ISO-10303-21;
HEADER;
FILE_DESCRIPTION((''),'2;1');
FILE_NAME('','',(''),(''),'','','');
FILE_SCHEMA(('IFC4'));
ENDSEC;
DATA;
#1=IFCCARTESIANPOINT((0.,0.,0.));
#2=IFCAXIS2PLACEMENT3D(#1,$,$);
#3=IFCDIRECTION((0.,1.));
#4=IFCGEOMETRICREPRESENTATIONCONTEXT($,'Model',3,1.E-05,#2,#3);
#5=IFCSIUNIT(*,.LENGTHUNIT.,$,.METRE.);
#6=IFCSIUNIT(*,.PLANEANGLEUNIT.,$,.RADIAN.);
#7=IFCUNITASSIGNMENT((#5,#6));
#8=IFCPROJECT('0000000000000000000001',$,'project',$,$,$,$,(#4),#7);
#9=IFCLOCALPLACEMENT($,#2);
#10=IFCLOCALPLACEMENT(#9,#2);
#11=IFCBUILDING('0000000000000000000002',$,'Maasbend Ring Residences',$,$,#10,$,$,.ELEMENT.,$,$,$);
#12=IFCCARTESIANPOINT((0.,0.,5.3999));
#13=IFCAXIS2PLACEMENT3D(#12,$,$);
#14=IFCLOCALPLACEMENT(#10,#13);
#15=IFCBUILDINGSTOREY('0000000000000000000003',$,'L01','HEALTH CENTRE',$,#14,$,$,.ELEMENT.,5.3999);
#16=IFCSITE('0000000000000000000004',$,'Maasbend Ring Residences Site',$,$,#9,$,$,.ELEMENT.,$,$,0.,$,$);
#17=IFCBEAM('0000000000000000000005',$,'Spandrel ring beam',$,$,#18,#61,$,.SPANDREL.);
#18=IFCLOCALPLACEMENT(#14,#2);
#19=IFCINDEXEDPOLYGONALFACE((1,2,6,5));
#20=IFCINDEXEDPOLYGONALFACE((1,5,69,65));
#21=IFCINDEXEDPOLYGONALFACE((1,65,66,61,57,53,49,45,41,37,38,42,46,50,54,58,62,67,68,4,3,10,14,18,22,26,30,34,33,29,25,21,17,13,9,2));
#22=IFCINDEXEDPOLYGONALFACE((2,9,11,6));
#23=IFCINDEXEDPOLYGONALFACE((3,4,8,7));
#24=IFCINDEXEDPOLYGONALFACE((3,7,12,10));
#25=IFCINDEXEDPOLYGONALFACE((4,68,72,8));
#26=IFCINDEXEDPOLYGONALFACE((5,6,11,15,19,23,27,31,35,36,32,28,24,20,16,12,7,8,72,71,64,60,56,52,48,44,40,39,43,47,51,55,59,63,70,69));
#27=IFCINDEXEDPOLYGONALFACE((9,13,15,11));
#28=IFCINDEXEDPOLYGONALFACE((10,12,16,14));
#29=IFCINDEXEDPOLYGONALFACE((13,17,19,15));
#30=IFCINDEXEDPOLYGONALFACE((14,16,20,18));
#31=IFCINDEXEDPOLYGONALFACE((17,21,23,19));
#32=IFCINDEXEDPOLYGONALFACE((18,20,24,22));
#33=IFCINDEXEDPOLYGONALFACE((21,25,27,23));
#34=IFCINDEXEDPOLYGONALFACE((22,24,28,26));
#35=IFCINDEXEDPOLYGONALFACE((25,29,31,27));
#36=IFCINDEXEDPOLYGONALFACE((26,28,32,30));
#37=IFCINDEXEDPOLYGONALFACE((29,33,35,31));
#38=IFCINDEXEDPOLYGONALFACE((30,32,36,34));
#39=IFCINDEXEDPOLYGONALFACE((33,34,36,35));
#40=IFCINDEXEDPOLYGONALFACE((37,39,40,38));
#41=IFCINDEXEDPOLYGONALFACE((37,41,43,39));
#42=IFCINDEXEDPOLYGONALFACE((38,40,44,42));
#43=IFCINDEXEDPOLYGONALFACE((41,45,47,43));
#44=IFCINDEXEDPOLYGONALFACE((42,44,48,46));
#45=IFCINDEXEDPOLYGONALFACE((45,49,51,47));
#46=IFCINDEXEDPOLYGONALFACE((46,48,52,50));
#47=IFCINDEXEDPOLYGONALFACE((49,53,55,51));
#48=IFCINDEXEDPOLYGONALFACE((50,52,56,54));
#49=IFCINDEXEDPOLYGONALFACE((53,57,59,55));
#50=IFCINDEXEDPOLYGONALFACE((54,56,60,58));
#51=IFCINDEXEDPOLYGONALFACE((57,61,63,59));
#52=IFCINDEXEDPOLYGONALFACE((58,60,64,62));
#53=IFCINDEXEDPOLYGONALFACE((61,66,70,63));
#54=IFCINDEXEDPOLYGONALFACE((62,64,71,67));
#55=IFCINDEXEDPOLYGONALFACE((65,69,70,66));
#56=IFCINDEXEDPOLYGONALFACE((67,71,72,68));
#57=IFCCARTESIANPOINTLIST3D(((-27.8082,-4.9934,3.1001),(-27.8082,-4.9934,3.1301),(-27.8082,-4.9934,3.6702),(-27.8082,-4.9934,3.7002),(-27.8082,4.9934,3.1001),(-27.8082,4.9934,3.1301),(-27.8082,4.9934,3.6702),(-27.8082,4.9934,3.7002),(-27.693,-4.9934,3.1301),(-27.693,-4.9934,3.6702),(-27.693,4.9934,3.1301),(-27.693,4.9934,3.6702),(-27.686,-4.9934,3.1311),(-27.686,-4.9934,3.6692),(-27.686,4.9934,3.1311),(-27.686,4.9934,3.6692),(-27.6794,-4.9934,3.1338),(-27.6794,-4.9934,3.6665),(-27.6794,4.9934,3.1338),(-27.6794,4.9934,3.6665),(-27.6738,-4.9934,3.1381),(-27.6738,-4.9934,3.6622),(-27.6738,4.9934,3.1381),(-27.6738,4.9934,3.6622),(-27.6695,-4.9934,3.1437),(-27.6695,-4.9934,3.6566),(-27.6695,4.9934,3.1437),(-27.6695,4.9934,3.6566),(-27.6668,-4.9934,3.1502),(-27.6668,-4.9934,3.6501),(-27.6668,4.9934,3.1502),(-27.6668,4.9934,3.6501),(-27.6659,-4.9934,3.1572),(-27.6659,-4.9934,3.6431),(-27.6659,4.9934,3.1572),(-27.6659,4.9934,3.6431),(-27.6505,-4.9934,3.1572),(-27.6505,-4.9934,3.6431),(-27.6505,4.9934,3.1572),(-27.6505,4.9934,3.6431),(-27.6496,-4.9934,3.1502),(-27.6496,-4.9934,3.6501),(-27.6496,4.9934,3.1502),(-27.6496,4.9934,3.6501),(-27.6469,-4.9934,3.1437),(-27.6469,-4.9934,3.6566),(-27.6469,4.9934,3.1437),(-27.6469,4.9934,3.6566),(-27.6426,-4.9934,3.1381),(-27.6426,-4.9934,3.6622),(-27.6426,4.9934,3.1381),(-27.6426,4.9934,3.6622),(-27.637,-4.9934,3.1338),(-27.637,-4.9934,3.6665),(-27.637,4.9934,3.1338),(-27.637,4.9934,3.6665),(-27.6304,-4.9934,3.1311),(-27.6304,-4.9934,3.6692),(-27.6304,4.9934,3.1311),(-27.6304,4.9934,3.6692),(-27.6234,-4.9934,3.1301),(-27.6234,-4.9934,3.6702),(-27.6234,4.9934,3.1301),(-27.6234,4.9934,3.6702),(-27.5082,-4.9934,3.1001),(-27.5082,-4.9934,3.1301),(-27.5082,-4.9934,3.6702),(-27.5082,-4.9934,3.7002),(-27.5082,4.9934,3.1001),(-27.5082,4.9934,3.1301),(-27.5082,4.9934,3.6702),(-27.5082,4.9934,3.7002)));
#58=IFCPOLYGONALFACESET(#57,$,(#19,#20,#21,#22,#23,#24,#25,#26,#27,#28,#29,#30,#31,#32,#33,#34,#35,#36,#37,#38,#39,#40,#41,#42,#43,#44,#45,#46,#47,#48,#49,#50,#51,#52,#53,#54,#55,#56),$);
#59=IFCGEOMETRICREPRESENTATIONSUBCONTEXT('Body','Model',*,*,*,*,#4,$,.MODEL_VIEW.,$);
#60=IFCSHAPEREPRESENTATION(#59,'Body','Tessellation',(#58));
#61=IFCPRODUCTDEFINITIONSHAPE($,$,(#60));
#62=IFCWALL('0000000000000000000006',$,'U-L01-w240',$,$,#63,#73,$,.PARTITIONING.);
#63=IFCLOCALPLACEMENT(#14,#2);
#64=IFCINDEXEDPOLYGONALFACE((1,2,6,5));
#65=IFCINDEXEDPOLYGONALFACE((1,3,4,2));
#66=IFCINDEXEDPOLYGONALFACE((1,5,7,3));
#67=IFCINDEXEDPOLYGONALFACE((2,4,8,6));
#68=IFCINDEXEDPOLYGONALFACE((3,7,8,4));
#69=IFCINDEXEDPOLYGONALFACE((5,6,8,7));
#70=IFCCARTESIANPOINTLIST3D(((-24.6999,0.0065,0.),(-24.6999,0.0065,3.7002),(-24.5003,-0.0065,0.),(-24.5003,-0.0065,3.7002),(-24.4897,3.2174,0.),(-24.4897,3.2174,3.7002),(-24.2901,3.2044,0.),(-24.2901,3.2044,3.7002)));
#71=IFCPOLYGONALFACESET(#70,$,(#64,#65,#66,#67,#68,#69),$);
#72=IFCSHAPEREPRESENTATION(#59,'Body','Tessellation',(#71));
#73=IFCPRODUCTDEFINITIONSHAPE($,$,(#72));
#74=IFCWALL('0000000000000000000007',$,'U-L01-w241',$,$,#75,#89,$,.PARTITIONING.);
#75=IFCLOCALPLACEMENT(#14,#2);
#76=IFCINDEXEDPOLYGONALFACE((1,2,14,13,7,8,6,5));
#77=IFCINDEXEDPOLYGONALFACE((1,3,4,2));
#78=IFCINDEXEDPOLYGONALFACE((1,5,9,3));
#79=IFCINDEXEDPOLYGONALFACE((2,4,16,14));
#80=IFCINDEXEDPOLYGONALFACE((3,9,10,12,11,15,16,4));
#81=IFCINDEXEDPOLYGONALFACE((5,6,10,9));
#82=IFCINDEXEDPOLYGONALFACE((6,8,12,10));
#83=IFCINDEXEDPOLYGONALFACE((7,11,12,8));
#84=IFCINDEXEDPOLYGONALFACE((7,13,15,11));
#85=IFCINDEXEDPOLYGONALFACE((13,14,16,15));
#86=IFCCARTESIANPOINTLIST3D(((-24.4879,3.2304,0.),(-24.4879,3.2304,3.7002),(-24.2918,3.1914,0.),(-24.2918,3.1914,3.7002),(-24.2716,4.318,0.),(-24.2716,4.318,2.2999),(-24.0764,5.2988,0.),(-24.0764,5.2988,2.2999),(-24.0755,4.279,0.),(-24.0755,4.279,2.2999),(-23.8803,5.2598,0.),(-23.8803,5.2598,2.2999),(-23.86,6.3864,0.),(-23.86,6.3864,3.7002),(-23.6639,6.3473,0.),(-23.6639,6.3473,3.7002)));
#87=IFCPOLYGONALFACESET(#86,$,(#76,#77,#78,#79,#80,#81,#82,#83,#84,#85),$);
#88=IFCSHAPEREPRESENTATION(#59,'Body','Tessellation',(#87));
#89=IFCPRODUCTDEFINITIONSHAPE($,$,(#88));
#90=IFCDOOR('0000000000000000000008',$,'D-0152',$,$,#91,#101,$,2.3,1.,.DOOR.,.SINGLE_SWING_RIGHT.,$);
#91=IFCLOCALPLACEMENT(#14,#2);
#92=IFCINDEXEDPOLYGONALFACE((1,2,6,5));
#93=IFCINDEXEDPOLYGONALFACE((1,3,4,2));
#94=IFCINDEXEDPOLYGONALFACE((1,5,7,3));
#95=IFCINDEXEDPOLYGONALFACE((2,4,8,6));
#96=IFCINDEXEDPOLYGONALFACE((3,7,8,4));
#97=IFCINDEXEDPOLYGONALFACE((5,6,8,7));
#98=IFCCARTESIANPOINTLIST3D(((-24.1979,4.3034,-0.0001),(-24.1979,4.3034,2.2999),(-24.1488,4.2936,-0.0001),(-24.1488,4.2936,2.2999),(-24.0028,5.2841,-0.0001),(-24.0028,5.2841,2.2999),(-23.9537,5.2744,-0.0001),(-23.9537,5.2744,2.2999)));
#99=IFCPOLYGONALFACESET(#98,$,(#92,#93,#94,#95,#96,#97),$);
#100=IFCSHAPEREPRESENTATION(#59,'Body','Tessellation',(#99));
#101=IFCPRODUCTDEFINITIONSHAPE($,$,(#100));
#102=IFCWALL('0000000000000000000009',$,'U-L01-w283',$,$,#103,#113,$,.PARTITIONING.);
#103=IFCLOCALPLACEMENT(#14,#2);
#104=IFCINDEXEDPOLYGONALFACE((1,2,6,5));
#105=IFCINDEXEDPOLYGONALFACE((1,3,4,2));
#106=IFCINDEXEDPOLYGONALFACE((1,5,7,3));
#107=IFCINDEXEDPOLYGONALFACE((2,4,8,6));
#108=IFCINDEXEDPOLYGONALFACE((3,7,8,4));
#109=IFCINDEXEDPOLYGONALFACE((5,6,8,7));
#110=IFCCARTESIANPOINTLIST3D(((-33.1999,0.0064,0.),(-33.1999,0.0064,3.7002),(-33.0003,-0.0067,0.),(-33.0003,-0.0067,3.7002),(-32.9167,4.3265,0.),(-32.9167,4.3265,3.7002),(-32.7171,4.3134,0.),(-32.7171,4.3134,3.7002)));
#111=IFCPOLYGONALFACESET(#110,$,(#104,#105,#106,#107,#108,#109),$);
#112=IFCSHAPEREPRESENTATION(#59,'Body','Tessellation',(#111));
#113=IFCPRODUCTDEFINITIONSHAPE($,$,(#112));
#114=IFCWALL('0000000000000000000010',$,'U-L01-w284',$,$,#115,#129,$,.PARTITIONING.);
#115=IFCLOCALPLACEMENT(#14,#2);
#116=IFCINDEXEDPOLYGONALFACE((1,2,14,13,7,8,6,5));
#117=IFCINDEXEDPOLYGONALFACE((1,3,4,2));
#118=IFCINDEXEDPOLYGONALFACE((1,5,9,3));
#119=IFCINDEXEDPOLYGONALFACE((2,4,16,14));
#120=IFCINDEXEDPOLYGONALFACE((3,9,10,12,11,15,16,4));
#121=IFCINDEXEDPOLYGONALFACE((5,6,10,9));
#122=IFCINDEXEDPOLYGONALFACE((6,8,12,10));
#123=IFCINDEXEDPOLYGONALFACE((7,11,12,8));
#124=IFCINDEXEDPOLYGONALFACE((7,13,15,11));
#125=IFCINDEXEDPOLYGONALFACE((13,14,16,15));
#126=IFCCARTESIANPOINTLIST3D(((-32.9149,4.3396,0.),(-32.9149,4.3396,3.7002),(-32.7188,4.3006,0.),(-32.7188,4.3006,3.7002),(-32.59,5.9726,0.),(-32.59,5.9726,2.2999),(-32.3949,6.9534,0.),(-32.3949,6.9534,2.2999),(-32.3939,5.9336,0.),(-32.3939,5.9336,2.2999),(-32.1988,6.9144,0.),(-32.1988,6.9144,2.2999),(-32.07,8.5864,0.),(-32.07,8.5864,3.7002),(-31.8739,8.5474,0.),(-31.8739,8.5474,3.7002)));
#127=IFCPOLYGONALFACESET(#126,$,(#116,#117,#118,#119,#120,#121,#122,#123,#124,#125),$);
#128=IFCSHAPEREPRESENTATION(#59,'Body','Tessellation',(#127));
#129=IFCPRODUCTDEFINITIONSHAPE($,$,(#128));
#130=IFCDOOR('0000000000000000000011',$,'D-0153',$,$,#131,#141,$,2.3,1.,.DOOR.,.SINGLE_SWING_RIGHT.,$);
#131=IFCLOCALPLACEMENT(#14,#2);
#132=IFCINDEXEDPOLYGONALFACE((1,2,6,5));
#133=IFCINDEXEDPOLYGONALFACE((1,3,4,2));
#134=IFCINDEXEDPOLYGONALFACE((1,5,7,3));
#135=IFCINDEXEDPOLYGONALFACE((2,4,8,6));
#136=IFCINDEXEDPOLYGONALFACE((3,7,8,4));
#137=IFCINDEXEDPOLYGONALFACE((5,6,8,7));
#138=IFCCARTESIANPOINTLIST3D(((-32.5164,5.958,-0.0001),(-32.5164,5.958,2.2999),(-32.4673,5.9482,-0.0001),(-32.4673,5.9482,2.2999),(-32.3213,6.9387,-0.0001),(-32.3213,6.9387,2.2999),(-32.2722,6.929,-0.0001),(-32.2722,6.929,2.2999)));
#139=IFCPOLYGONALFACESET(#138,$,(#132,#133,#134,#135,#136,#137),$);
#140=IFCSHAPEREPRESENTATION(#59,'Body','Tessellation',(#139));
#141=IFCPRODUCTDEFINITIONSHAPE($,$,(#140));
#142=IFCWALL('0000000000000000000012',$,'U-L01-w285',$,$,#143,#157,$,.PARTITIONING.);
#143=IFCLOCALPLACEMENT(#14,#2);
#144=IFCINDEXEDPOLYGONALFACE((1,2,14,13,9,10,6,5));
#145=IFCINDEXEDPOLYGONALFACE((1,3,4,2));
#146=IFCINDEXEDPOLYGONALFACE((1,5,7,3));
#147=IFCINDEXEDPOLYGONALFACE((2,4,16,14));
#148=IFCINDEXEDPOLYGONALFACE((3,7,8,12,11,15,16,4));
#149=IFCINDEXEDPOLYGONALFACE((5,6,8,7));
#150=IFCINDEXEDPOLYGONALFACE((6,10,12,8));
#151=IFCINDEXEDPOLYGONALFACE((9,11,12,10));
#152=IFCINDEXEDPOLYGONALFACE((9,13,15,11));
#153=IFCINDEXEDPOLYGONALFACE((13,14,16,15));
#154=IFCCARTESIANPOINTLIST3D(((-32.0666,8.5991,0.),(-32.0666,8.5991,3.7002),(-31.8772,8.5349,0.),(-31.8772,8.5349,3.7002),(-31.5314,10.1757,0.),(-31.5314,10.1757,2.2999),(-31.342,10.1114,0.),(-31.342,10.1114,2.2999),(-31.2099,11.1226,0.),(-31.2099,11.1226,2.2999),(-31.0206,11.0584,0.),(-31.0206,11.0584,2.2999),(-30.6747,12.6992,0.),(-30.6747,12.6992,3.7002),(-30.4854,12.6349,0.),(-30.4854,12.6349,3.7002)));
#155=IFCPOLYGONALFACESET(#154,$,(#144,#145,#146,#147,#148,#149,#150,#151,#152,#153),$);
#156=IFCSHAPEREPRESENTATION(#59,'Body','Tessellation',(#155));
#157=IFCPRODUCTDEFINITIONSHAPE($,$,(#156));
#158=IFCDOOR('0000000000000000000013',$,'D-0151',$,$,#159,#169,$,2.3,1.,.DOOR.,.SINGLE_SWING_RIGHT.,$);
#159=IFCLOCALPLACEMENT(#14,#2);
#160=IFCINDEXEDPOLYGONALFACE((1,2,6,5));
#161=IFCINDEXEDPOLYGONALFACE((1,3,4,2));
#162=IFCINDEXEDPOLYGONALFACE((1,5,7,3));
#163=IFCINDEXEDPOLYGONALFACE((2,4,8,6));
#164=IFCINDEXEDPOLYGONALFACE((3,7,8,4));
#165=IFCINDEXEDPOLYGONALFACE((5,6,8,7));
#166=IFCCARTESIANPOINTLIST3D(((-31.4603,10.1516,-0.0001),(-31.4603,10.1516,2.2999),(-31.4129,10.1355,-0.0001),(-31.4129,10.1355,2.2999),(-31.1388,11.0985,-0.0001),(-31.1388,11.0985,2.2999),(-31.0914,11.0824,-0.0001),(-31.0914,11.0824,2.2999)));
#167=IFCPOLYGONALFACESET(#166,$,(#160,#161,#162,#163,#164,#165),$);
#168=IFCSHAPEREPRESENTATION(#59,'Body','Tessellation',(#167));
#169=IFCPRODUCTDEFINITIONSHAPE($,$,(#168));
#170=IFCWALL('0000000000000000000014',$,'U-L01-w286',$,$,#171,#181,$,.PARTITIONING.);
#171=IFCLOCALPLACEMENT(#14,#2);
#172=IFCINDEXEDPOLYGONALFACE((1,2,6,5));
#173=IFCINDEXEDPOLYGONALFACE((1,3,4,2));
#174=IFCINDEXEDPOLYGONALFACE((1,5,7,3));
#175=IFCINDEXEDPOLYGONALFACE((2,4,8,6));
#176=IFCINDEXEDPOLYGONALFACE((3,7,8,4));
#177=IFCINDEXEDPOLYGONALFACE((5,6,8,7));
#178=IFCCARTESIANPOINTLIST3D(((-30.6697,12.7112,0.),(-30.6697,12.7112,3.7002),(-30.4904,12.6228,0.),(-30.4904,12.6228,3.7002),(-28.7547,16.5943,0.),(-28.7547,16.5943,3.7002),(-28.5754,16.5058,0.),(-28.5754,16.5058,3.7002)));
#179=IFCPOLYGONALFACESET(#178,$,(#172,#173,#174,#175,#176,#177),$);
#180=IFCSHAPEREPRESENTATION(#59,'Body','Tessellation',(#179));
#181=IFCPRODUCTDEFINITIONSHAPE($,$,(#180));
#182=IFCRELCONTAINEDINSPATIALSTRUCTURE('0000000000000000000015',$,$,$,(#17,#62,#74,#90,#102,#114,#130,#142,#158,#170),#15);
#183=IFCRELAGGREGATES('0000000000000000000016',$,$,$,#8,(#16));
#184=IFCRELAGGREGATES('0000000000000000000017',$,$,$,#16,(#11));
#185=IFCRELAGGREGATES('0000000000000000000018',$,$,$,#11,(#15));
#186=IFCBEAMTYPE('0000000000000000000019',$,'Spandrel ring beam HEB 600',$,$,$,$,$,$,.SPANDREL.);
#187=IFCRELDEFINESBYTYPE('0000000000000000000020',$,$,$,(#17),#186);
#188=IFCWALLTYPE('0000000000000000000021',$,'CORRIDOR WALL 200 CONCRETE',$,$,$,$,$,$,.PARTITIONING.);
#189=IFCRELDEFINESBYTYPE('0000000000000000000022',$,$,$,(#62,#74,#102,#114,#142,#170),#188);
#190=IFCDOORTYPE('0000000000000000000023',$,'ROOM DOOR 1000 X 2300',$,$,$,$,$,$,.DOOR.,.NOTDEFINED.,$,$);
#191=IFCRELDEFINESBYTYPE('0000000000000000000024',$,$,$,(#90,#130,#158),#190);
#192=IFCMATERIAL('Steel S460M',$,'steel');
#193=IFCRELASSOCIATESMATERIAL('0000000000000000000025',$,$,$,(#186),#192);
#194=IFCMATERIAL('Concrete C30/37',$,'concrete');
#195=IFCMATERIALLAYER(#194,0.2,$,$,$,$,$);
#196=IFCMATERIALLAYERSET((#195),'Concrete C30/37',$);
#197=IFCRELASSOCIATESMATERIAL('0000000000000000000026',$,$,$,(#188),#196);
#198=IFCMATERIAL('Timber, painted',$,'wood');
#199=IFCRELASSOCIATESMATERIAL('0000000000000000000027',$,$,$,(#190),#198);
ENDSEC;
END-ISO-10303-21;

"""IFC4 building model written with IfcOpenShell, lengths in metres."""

from ifc_helpers import new_model, si_unit, direction, frame, frame_2d, origin, origin_2d, place, context, subcontext, project, spatial, rectangle, i_section, extrude, material, layer, layer_set, material_profile, profile_set, type_object, element, fill, save


model = new_model("IFC4")

# Units and contexts
model_context = context("Model", 3, precision=1e-05, world=origin(), true_north=direction((0.0, 1.0)))
body_context = subcontext(model_context, "Body", "Model", "MODEL_VIEW")
ifc_project = project(units=[si_unit("LENGTHUNIT", "METRE"), si_unit("PLANEANGLEUNIT", "RADIAN")], contexts=[model_context])

# Site, building, storey
site_placement = place(None, origin())
site = spatial("IfcSite", under=ifc_project, at=site_placement, Name="Maasbend Ring Residences Site", CompositionType="ELEMENT", RefElevation=0.0)
building_placement = place(site_placement, origin())
building = spatial("IfcBuilding", under=site, at=building_placement, Name="Maasbend Ring Residences", CompositionType="ELEMENT")
storey_placement = place(building_placement, frame((0.0, 0.0, 5.3999)))
storey = spatial("IfcBuildingStorey", under=building, at=storey_placement, Name="L01", Description="HEALTH CENTRE", CompositionType="ELEMENT", Elevation=5.3999)

# Beam
ifc_material_1 = material(Name="Steel S460M", Category="steel")
ifc_material_profile_1 = material_profile(ifc_material_1, i_section(OverallWidth=0.3, OverallDepth=0.6001, WebThickness=0.0154, FlangeThickness=0.03, FilletRadius=0.0271, at=origin_2d()), Name="HEB 600")
ifc_profile_set_1 = profile_set([ifc_material_profile_1], Name="Steel S460M")
beam_type_1 = type_object("IfcBeamType", Name="Spandrel ring beam HEB 600", PredefinedType="SPANDREL", material=ifc_profile_set_1)
beam_1_placement = place(storey_placement, frame((-27.6582, 4.9934, 3.4001), z_axis=(0.0, -1.0, 0.0), x_axis=(1.0, 0.0, 0.0)))
element("IfcBeam", 1, at=beam_1_placement, inside=storey, type_object=beam_type_1, Name="Spandrel ring beam", PredefinedType="SPANDREL", context=body_context, shape_type="SweptSolid", body=[
    extrude(i_section(OverallWidth=0.3, OverallDepth=0.6001, WebThickness=0.0154, FlangeThickness=0.03, FilletRadius=0.0271, at=origin_2d()), origin(), (0.0, 0.0, 1.0), 9.9868),
])

# Wall
ifc_material_2 = material(Name="Concrete C30/37", Category="concrete")
ifc_layer_1 = layer(ifc_material_2, 0.2)
ifc_layer_set_1 = layer_set([ifc_layer_1], Name="Concrete C30/37")
wall_type_1 = type_object("IfcWallType", Name="CORRIDOR WALL 200 CONCRETE", PredefinedType="PARTITIONING", material=ifc_layer_set_1)
wall_1_placement = place(storey_placement, frame((-24.6001, 0.0, 0.0), z_axis=(0.0, 0.0, 1.0), x_axis=(0.065325, 0.997864, 0.0)))
element("IfcWall", 2, at=wall_1_placement, inside=storey, type_object=wall_type_1, Name="U-L01-w240", PredefinedType="PARTITIONING", context=body_context, shape_type="SweptSolid", body=[
    extrude(rectangle(XDim=3.2178, YDim=0.2, at=frame_2d((1.6089, 0.0))), origin(), (0.0, 0.0, 1.0), 3.7002),
])

# Wall, opening, door
wall_2_placement = place(storey_placement, frame((-24.3899, 3.2109, 0.0), z_axis=(0.0, 0.0, 1.0), x_axis=(0.195138, 0.980776, 0.0)))
wall_2 = element("IfcWall", 3, at=wall_2_placement, inside=storey, type_object=wall_type_1, Name="U-L01-w241", PredefinedType="PARTITIONING", context=body_context, shape_type="SweptSolid", body=[
    extrude(rectangle(XDim=3.2178, YDim=0.2, at=frame_2d((1.6089, 0.0))), origin(), (0.0, 0.0, 1.0), 3.7002),
])
opening_1_placement = place(wall_2_placement, frame((1.1089, 0.0, 0.0)))
opening_1 = element("IfcOpeningElement", 4, at=opening_1_placement, cuts=wall_2, PredefinedType="OPENING", context=body_context, shape_type="SweptSolid", body=[
    extrude(rectangle(XDim=1.0, YDim=2.3, at=frame_2d((0.5, 1.1499))), frame((0.0, 0.1099, 0.0), z_axis=(0.0, -1.0, 0.0), x_axis=(1.0, 0.0, 0.0)), (0.0, 0.0, 1.0), 0.22),
])
ifc_material_3 = material(Name="Timber, painted", Category="wood")
door_type = type_object("IfcDoorType", Name="ROOM DOOR 1000 X 2300", OperationType="NOTDEFINED", PredefinedType="DOOR", material=ifc_material_3)
door_1_placement = place(opening_1_placement, origin())
door_1 = element("IfcDoor", 5, at=door_1_placement, inside=storey, type_object=door_type, Name="D-0152", OperationType="SINGLE_SWING_RIGHT", OverallHeight=2.3, OverallWidth=1.0, PredefinedType="DOOR", context=body_context, shape_type="SweptSolid", body=[
    extrude(rectangle(XDim=1.0, YDim=2.3, at=frame_2d((0.5, 1.1499))), frame((0.0, 0.0249, 0.0), z_axis=(0.0, -1.0, 0.0), x_axis=(1.0, 0.0, 0.0)), (0.0, 0.0, 1.0), 0.05),
])
fill(opening_1, door_1)

# Wall
wall_3_placement = place(storey_placement, frame((-33.1001, 0.0, 0.0), z_axis=(0.0, 0.0, 1.0), x_axis=(0.065415, 0.997858, 0.0)))
element("IfcWall", 6, at=wall_3_placement, inside=storey, type_object=wall_type_1, Name="U-L01-w283", PredefinedType="PARTITIONING", context=body_context, shape_type="SweptSolid", body=[
    extrude(rectangle(XDim=4.3293, YDim=0.2, at=frame_2d((2.1646, 0.0))), origin(), (0.0, 0.0, 1.0), 3.7002),
])

# Walls, openings, doors
wall_4_placement = place(storey_placement, frame((-32.8169, 4.3201, 0.0), z_axis=(0.0, 0.0, 1.0), x_axis=(0.19514, 0.980775, 0.0)))
wall_4 = element("IfcWall", 7, at=wall_4_placement, inside=storey, type_object=wall_type_1, Name="U-L01-w284", PredefinedType="PARTITIONING", context=body_context, shape_type="SweptSolid", body=[
    extrude(rectangle(XDim=4.3301, YDim=0.2, at=frame_2d((2.165, 0.0))), origin(), (0.0, 0.0, 1.0), 3.7002),
])
opening_2_placement = place(wall_4_placement, frame((1.665, 0.0, 0.0)))
opening_2 = element("IfcOpeningElement", 8, at=opening_2_placement, cuts=wall_4, PredefinedType="OPENING", context=body_context, shape_type="SweptSolid", body=[
    extrude(rectangle(XDim=1.0, YDim=2.3, at=frame_2d((0.5, 1.1499))), frame((0.0, 0.1099, 0.0), z_axis=(0.0, -1.0, 0.0), x_axis=(1.0, 0.0, 0.0)), (0.0, 0.0, 1.0), 0.22),
])
door_2_placement = place(opening_2_placement, origin())
door_2 = element("IfcDoor", 9, at=door_2_placement, inside=storey, type_object=door_type, Name="D-0153", OperationType="SINGLE_SWING_RIGHT", OverallHeight=2.3, OverallWidth=1.0, PredefinedType="DOOR", context=body_context, shape_type="SweptSolid", body=[
    extrude(rectangle(XDim=1.0, YDim=2.3, at=frame_2d((0.5, 1.1499))), frame((0.0, 0.0249, 0.0), z_axis=(0.0, -1.0, 0.0), x_axis=(1.0, 0.0, 0.0)), (0.0, 0.0, 1.0), 0.05),
])
fill(opening_2, door_2)
wall_5_placement = place(storey_placement, frame((-31.9719, 8.5669, 0.0), z_axis=(0.0, 0.0, 1.0), x_axis=(0.32145, 0.946927, 0.0)))
wall_5 = element("IfcWall", 10, at=wall_5_placement, inside=storey, type_object=wall_type_1, Name="U-L01-w285", PredefinedType="PARTITIONING", context=body_context, shape_type="SweptSolid", body=[
    extrude(rectangle(XDim=4.3298, YDim=0.2, at=frame_2d((2.165, 0.0))), origin(), (0.0, 0.0, 1.0), 3.7002),
])
opening_3_placement = place(wall_5_placement, frame((1.665, 0.0, 0.0)))
opening_3 = element("IfcOpeningElement", 11, at=opening_3_placement, cuts=wall_5, PredefinedType="OPENING", context=body_context, shape_type="SweptSolid", body=[
    extrude(rectangle(XDim=1.0, YDim=2.3, at=frame_2d((0.5, 1.1499))), frame((0.0, 0.1099, 0.0), z_axis=(0.0, -1.0, 0.0), x_axis=(1.0, 0.0, 0.0)), (0.0, 0.0, 1.0), 0.22),
])
door_3_placement = place(opening_3_placement, origin())
door_3 = element("IfcDoor", 12, at=door_3_placement, inside=storey, type_object=door_type, Name="D-0151", OperationType="SINGLE_SWING_RIGHT", OverallHeight=2.3, OverallWidth=1.0, PredefinedType="DOOR", context=body_context, shape_type="SweptSolid", body=[
    extrude(rectangle(XDim=1.0, YDim=2.3, at=frame_2d((0.5, 1.1499))), frame((0.0, 0.0249, 0.0), z_axis=(0.0, -1.0, 0.0), x_axis=(1.0, 0.0, 0.0)), (0.0, 0.0, 1.0), 0.05),
])
fill(opening_3, door_3)

# Wall
wall_6_placement = place(storey_placement, frame((-30.5801, 12.667, 0.0), z_axis=(0.0, 0.0, 1.0), x_axis=(0.442312, 0.896861, 0.0)))
element("IfcWall", 13, at=wall_6_placement, inside=storey, type_object=wall_type_1, Name="U-L01-w286", PredefinedType="PARTITIONING", context=body_context, shape_type="SweptSolid", body=[
    extrude(rectangle(XDim=4.3296, YDim=0.2, at=frame_2d((2.1648, 0.0))), origin(), (0.0, 0.0, 1.0), 3.7002),
])

save(model, "model.ifc")
